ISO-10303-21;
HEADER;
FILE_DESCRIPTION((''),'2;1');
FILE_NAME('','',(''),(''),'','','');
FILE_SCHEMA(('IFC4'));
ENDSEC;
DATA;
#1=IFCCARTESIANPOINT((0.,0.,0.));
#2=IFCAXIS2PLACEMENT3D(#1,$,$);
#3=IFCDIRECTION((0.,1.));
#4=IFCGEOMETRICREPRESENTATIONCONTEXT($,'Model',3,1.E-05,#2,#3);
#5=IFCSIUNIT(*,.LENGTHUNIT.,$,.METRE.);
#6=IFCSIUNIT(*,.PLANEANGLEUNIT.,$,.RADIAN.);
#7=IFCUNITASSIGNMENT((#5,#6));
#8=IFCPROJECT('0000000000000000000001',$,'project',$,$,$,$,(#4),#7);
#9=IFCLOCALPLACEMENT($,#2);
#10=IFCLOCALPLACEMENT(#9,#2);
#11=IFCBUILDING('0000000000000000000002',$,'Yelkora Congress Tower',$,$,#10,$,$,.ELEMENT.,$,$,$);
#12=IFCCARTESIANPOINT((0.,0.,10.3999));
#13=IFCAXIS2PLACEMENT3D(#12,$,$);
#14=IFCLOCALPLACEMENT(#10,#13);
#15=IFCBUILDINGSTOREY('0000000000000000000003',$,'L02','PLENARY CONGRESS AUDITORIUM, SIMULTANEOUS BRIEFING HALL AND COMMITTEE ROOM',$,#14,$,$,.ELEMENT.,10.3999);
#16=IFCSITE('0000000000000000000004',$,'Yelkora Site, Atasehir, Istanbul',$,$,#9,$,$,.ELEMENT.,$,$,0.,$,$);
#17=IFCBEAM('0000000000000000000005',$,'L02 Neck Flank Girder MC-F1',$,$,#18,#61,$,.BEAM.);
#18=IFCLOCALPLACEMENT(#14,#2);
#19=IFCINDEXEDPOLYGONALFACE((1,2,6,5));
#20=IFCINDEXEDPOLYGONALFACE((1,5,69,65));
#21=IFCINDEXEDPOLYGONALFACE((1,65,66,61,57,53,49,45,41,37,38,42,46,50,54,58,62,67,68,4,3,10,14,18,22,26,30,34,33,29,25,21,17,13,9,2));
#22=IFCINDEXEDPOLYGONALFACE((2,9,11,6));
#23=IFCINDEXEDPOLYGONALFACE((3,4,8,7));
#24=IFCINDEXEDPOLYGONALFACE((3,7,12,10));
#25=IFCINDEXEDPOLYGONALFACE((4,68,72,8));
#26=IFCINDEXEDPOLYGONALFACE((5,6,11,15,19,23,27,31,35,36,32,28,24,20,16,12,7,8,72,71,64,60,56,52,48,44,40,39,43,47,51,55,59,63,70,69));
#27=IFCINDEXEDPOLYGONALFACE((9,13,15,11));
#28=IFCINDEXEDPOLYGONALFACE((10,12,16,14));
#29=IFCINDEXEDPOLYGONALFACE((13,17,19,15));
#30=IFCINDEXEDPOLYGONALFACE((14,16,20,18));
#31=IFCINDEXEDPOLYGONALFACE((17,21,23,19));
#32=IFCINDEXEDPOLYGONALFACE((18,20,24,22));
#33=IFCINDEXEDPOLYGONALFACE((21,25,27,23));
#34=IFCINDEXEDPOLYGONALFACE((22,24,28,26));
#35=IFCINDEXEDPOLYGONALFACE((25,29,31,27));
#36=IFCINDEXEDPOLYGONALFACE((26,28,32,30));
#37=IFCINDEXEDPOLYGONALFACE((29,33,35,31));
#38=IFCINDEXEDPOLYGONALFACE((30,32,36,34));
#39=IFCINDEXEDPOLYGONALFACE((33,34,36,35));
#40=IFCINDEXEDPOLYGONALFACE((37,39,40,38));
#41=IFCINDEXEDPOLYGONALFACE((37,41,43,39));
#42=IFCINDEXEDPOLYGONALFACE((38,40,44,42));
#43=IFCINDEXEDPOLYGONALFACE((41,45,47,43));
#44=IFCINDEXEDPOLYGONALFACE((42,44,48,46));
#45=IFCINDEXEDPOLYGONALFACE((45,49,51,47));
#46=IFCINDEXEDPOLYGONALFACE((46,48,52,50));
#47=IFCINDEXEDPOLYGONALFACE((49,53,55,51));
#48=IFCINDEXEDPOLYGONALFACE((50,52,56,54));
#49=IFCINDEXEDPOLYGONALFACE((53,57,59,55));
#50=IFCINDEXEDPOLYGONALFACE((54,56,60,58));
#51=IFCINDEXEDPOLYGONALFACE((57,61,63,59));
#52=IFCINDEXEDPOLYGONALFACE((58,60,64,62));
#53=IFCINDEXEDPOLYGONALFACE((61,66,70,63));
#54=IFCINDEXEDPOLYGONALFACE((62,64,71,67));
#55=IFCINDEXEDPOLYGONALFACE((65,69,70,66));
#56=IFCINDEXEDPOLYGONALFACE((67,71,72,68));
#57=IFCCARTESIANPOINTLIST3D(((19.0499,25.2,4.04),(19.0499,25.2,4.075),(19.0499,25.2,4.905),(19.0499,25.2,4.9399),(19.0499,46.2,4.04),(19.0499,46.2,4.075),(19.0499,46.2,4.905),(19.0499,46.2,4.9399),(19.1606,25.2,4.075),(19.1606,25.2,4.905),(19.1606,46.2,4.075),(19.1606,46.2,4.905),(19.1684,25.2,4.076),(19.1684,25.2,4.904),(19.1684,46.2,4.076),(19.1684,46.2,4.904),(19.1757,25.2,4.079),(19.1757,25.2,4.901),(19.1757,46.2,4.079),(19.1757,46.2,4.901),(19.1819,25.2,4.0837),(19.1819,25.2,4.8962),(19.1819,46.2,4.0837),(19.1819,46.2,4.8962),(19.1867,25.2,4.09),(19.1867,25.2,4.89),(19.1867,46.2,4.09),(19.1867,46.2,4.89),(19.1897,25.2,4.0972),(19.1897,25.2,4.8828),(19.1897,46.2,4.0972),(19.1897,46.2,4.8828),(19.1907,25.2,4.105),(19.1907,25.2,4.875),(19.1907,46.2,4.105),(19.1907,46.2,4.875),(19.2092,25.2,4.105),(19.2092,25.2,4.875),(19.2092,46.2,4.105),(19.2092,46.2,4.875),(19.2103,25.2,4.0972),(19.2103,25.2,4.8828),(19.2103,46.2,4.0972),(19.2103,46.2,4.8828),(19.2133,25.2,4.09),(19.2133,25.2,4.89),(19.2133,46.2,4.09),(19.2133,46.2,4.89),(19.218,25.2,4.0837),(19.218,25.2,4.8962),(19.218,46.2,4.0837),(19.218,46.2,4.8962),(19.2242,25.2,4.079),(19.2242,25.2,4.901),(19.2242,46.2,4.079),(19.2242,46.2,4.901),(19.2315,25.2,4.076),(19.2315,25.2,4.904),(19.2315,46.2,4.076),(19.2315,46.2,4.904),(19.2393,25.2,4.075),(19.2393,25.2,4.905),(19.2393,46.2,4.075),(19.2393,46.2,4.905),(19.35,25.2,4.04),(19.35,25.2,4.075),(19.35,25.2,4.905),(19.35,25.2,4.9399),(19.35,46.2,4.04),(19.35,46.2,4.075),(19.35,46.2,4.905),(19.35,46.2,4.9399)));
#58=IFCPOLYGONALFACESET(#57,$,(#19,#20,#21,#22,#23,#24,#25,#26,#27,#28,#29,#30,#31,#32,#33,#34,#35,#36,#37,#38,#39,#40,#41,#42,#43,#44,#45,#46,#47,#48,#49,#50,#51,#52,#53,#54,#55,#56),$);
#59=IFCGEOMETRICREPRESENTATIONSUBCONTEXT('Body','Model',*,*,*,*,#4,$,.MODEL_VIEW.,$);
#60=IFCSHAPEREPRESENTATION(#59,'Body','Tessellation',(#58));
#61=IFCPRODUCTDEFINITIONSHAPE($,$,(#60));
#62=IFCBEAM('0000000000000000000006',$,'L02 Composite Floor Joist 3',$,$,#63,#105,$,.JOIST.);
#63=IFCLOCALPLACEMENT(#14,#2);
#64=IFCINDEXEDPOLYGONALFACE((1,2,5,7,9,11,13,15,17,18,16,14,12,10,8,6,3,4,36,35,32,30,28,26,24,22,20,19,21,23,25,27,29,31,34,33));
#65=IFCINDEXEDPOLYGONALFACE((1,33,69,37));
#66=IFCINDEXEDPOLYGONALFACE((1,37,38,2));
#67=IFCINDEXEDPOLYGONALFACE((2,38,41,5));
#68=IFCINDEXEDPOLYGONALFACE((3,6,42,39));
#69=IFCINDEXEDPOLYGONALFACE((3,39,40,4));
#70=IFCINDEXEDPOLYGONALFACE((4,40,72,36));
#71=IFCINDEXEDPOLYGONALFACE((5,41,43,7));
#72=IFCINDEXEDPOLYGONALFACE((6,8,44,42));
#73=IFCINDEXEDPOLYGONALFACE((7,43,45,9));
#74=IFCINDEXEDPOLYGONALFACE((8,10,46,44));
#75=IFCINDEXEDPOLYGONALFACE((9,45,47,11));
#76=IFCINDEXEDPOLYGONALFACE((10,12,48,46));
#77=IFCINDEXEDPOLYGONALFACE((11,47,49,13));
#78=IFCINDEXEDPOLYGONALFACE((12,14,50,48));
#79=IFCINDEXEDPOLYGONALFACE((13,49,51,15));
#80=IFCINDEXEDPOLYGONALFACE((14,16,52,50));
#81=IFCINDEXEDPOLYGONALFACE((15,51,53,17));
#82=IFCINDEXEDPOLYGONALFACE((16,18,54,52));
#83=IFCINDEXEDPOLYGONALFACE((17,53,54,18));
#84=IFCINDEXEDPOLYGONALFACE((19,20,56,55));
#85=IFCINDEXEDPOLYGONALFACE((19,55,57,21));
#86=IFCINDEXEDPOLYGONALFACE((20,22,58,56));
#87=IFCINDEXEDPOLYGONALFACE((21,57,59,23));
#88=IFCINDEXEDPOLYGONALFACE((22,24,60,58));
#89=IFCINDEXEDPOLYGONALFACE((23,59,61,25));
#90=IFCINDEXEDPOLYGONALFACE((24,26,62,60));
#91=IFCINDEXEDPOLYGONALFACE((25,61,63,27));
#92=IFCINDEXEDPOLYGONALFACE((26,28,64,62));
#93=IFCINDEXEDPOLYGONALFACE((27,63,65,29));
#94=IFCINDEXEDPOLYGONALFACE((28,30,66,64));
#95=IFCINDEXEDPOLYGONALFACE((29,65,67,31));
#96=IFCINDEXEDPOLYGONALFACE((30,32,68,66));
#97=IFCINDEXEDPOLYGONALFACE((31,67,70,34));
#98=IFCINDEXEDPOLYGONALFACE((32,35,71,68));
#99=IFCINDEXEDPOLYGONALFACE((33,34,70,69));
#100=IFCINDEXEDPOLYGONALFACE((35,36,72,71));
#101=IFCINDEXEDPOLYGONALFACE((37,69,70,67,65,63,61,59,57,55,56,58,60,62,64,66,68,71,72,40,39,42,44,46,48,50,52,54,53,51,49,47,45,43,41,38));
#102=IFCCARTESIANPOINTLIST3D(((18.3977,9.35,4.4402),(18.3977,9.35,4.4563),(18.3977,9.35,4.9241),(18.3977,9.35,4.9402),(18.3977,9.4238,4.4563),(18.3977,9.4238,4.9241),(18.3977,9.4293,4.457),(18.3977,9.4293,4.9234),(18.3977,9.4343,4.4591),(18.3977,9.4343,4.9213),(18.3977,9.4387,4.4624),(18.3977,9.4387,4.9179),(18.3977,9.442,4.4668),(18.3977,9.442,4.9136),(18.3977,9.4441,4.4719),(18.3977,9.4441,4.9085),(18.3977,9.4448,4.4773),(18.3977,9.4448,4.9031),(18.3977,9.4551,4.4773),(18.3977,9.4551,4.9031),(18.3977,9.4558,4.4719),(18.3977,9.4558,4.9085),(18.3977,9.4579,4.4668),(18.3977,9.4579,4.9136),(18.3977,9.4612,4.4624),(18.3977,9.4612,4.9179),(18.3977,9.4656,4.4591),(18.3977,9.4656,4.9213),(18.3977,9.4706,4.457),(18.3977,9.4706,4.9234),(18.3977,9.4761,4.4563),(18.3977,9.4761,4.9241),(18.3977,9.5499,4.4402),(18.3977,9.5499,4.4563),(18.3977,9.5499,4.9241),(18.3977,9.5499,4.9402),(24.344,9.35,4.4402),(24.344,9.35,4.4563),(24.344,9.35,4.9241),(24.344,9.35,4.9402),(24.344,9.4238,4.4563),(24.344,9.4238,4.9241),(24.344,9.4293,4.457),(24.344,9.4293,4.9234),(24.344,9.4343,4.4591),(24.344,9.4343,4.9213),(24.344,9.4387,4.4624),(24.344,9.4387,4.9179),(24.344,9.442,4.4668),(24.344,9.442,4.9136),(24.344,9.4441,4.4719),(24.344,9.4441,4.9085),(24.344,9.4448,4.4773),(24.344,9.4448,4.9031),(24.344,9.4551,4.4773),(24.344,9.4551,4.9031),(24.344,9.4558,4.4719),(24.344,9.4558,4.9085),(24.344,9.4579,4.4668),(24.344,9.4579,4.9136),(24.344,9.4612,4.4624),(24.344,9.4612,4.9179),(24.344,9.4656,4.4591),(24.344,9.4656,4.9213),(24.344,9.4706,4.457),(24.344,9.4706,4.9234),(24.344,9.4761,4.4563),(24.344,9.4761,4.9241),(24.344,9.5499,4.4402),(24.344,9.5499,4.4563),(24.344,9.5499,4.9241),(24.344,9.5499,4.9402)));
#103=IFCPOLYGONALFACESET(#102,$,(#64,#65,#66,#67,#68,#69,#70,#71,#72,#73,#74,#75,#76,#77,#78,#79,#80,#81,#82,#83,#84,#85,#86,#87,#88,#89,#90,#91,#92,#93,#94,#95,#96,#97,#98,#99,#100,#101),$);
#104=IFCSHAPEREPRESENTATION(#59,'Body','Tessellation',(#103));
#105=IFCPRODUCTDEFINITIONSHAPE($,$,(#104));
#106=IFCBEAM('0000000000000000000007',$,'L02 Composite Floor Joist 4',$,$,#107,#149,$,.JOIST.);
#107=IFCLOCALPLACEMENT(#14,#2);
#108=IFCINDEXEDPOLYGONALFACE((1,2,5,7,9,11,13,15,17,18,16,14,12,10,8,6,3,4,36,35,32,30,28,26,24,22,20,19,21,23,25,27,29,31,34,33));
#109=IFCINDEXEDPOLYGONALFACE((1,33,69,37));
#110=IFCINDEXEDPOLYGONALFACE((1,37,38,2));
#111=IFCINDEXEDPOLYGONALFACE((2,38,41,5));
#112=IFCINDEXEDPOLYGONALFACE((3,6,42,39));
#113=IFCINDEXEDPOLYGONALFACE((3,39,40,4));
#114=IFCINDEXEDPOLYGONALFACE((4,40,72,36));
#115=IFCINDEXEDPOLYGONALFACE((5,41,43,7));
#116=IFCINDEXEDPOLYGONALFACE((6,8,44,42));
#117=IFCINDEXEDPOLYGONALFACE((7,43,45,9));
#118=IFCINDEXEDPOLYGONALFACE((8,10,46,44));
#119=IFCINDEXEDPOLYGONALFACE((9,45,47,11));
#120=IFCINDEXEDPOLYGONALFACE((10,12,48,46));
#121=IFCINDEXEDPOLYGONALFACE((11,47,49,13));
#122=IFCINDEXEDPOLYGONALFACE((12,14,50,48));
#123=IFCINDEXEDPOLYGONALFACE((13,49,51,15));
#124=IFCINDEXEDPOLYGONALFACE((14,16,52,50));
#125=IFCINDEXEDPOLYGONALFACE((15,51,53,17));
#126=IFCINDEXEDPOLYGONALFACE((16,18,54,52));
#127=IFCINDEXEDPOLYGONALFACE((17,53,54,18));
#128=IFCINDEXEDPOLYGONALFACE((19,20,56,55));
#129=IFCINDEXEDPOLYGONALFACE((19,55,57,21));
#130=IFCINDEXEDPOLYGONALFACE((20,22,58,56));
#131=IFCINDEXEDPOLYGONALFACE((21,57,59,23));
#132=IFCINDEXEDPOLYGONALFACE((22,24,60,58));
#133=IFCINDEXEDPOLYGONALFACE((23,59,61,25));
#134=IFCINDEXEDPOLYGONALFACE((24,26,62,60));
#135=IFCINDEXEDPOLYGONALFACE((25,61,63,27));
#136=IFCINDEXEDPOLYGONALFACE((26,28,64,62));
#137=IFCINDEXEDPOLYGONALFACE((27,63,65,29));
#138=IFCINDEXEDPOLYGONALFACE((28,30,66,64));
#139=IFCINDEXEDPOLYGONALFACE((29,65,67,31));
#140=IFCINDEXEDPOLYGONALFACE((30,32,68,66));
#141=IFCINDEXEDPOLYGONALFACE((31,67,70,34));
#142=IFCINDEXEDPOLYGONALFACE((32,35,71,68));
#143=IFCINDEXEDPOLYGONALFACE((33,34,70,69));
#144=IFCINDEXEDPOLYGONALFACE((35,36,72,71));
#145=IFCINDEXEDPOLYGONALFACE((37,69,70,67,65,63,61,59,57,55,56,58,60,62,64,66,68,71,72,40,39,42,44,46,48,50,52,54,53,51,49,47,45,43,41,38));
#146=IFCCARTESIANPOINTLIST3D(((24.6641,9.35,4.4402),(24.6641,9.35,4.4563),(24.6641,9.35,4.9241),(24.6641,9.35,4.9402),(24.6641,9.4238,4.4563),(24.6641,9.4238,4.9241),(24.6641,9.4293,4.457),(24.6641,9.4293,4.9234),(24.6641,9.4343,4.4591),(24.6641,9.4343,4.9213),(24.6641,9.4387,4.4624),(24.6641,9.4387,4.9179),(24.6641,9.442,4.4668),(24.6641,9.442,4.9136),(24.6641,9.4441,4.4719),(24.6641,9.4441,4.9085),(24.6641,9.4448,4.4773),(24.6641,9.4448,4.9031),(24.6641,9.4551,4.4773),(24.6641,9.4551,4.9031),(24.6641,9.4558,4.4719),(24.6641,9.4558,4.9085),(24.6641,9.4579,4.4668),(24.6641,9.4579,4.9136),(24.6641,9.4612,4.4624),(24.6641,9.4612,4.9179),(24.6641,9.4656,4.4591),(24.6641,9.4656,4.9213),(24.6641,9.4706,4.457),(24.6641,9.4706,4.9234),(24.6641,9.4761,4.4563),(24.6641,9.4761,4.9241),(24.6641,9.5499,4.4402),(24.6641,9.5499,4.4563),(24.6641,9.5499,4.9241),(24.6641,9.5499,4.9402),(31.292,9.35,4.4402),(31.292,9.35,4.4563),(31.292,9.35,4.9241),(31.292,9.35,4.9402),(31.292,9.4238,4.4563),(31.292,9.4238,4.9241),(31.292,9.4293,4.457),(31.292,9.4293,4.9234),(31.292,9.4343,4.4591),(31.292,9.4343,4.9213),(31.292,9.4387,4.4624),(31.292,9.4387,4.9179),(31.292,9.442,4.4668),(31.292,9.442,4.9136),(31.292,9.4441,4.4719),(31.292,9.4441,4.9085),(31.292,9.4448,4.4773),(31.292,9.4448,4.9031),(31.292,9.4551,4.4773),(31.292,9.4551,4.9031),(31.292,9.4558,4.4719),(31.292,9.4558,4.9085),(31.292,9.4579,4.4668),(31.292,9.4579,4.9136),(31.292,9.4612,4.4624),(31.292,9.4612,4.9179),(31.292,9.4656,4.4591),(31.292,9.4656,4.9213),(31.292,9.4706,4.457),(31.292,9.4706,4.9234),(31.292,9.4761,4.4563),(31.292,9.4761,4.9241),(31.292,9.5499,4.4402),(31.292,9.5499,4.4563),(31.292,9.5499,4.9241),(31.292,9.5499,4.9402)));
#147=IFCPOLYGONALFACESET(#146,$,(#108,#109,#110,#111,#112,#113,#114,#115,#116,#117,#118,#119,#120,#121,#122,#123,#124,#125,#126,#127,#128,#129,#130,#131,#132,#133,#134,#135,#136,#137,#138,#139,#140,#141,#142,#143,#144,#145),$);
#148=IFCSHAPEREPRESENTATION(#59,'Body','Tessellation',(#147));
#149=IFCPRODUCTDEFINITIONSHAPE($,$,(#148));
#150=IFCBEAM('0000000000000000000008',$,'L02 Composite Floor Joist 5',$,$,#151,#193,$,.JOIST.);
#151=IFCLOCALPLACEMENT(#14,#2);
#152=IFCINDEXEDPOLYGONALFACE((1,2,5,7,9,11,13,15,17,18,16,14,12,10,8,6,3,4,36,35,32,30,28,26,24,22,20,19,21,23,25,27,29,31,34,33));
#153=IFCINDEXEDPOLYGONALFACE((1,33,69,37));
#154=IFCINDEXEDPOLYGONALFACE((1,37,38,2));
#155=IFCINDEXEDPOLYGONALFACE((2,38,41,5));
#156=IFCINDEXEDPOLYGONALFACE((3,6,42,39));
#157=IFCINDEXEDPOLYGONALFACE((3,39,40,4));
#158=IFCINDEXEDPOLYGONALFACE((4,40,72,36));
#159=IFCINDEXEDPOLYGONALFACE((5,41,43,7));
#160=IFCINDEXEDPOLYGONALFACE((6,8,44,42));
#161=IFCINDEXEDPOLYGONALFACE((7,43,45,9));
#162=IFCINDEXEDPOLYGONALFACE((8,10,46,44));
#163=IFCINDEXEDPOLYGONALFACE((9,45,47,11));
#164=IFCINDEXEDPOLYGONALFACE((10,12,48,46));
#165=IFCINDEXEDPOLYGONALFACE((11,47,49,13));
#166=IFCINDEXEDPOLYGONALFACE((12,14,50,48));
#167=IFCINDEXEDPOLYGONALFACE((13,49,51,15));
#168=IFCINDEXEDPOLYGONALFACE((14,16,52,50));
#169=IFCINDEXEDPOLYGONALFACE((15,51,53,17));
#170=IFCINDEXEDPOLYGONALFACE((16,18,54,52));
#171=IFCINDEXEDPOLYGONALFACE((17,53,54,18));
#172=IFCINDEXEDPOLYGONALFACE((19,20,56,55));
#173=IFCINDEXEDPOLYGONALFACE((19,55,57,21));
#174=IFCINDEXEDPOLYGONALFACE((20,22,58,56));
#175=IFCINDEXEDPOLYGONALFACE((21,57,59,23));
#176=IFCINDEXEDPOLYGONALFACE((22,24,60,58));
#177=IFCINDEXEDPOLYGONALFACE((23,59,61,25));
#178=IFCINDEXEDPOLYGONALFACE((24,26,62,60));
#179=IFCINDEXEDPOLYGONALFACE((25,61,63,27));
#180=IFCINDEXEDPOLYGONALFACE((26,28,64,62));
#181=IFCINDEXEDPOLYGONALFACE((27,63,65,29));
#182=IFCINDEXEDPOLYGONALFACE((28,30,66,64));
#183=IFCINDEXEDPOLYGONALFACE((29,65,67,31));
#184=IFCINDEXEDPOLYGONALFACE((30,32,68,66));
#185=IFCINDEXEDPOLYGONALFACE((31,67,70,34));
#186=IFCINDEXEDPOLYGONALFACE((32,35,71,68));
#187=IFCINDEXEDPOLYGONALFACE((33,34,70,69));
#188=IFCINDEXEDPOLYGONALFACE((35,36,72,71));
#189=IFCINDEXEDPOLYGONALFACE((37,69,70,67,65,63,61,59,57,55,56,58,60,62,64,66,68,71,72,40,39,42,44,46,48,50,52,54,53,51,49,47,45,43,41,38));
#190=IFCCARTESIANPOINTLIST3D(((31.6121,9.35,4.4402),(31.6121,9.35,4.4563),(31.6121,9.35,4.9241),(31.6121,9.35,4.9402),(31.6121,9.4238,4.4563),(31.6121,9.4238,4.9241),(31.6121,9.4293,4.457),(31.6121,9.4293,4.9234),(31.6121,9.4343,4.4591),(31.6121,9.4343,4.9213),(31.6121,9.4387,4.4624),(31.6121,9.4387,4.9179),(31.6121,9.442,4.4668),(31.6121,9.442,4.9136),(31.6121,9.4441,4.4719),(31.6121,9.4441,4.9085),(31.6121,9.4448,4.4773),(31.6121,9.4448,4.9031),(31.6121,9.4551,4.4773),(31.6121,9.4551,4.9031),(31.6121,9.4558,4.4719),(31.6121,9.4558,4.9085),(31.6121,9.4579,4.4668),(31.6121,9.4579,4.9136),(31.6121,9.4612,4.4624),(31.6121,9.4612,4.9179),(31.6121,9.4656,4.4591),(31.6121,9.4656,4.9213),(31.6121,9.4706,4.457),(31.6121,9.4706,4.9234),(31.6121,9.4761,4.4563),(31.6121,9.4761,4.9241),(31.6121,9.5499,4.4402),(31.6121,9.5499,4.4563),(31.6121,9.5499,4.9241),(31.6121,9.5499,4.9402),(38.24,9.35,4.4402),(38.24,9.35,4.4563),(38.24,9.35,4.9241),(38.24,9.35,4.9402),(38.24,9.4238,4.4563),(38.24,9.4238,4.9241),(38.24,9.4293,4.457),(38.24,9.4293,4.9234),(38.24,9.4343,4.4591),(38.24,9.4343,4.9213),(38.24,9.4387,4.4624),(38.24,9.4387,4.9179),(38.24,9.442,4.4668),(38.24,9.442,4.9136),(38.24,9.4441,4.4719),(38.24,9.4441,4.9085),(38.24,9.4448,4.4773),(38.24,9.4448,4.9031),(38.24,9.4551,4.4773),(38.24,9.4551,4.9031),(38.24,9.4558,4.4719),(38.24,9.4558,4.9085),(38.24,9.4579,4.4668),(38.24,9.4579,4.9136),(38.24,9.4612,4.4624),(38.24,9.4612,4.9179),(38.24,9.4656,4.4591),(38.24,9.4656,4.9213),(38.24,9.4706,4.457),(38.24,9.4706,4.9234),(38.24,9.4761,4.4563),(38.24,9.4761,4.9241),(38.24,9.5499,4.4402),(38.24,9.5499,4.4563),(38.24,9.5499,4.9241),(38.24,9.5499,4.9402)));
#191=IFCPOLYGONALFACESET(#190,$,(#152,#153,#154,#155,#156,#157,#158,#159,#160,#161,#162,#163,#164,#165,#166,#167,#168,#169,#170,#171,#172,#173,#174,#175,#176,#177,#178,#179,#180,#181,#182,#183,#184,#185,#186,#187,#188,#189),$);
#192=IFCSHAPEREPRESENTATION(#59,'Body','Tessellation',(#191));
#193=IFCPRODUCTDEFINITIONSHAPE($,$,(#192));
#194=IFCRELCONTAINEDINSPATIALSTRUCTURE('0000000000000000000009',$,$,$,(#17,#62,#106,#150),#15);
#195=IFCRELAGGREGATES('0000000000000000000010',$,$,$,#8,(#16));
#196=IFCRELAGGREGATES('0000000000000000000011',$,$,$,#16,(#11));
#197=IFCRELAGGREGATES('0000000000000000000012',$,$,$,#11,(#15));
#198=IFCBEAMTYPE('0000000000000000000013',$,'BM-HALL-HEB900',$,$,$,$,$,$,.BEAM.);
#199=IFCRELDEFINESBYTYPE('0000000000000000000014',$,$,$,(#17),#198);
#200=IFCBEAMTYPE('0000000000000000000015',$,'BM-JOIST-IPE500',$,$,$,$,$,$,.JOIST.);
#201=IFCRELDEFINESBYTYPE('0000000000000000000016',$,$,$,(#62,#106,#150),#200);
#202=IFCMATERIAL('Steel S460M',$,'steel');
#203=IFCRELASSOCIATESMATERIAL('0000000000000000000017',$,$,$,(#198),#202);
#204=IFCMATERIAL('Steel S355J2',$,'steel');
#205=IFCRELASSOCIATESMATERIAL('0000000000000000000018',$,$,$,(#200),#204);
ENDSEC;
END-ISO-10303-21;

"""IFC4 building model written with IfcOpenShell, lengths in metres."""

from ifc_helpers import new_model, si_unit, direction, frame, origin, origin_2d, place, context, subcontext, project, spatial, i_section, extrude, material, material_profile, profile_set, type_object, element, save


model = new_model("IFC4")

# Units and contexts
model_context = context("Model", 3, precision=1e-05, world=origin(), true_north=direction((0.0, 1.0)))
body_context = subcontext(model_context, "Body", "Model", "MODEL_VIEW")
ifc_project = project(units=[si_unit("LENGTHUNIT", "METRE"), si_unit("PLANEANGLEUNIT", "RADIAN")], contexts=[model_context])

# Site, building, storey
site_placement = place(None, origin())
site = spatial("IfcSite", under=ifc_project, at=site_placement, Name="Yelkora Site, Atasehir, Istanbul", CompositionType="ELEMENT", RefElevation=0.0)
building_placement = place(site_placement, origin())
building = spatial("IfcBuilding", under=site, at=building_placement, Name="Yelkora Congress Tower", CompositionType="ELEMENT")
storey_placement = place(building_placement, frame((0.0, 0.0, 10.3999)))
storey = spatial("IfcBuildingStorey", under=building, at=storey_placement, Name="L02", Description="PLENARY CONGRESS AUDITORIUM, SIMULTANEOUS BRIEFING HALL AND COMMITTEE ROOM", CompositionType="ELEMENT", Elevation=10.3999)

# Beams
ifc_material_1 = material(Name="Steel S460M", Category="steel")
ifc_material_profile_1 = material_profile(ifc_material_1, i_section(OverallWidth=0.3, OverallDepth=0.8999, WebThickness=0.0186, FlangeThickness=0.0349, FilletRadius=0.03, at=origin_2d()), Name="HEB 900")
ifc_profile_set_1 = profile_set([ifc_material_profile_1], Name="Steel S460M")
beam_type_1 = type_object("IfcBeamType", Name="BM-HALL-HEB900", PredefinedType="BEAM", material=ifc_profile_set_1)
beam_1_placement = place(storey_placement, frame((19.2, 25.2, 4.49), z_axis=(0.0, 1.0, 0.0), x_axis=(-1.0, 0.0, 0.0)))
element("IfcBeam", 1, at=beam_1_placement, inside=storey, type_object=beam_type_1, Name="L02 Neck Flank Girder MC-F1", PredefinedType="BEAM", context=body_context, shape_type="SweptSolid", body=[
    extrude(i_section(OverallWidth=0.3, OverallDepth=0.8999, WebThickness=0.0186, FlangeThickness=0.0349, FilletRadius=0.03, at=origin_2d()), origin(), (0.0, 0.0, 1.0), 21.0),
])
ifc_material_2 = material(Name="Steel S355J2", Category="steel")
ifc_material_profile_2 = material_profile(ifc_material_2, i_section(OverallWidth=0.2, OverallDepth=0.5, WebThickness=0.0103, FlangeThickness=0.0161, FilletRadius=0.021, at=origin_2d()), Name="IPE 500")
ifc_profile_set_2 = profile_set([ifc_material_profile_2], Name="Steel S355J2")
beam_type_2 = type_object("IfcBeamType", Name="BM-JOIST-IPE500", PredefinedType="JOIST", material=ifc_profile_set_2)
beam_2_placement = place(storey_placement, frame((18.3977, 9.45, 4.6902), z_axis=(1.0, 0.0, 0.0), x_axis=(0.0, 1.0, 0.0)))
element("IfcBeam", 2, at=beam_2_placement, inside=storey, type_object=beam_type_2, Name="L02 Composite Floor Joist 3", PredefinedType="JOIST", context=body_context, shape_type="SweptSolid", body=[
    extrude(i_section(OverallWidth=0.2, OverallDepth=0.5, WebThickness=0.0103, FlangeThickness=0.0161, FilletRadius=0.021, at=origin_2d()), origin(), (0.0, 0.0, 1.0), 5.9463),
])
for number, where, z_axis, x_axis, name in (
    (3, (24.6641, 9.45, 4.6902), (1.0, 0.0, 0.0), (0.0, 1.0, 0.0), "L02 Composite Floor Joist 4"),
    (4, (31.6121, 9.45, 4.6902), (1.0, 0.0, 0.0), (0.0, 1.0, 0.0), "L02 Composite Floor Joist 5"),
):
    element("IfcBeam", number, at=place(storey_placement, frame(where, z_axis=z_axis, x_axis=x_axis)), inside=storey, type_object=beam_type_2, Name=name, PredefinedType="JOIST", context=body_context, shape_type="SweptSolid", body=[
        extrude(i_section(OverallWidth=0.2, OverallDepth=0.5, WebThickness=0.0103, FlangeThickness=0.0161, FilletRadius=0.021, at=origin_2d()), origin(), (0.0, 0.0, 1.0), 6.6279),
    ])

save(model, "model.ifc")
